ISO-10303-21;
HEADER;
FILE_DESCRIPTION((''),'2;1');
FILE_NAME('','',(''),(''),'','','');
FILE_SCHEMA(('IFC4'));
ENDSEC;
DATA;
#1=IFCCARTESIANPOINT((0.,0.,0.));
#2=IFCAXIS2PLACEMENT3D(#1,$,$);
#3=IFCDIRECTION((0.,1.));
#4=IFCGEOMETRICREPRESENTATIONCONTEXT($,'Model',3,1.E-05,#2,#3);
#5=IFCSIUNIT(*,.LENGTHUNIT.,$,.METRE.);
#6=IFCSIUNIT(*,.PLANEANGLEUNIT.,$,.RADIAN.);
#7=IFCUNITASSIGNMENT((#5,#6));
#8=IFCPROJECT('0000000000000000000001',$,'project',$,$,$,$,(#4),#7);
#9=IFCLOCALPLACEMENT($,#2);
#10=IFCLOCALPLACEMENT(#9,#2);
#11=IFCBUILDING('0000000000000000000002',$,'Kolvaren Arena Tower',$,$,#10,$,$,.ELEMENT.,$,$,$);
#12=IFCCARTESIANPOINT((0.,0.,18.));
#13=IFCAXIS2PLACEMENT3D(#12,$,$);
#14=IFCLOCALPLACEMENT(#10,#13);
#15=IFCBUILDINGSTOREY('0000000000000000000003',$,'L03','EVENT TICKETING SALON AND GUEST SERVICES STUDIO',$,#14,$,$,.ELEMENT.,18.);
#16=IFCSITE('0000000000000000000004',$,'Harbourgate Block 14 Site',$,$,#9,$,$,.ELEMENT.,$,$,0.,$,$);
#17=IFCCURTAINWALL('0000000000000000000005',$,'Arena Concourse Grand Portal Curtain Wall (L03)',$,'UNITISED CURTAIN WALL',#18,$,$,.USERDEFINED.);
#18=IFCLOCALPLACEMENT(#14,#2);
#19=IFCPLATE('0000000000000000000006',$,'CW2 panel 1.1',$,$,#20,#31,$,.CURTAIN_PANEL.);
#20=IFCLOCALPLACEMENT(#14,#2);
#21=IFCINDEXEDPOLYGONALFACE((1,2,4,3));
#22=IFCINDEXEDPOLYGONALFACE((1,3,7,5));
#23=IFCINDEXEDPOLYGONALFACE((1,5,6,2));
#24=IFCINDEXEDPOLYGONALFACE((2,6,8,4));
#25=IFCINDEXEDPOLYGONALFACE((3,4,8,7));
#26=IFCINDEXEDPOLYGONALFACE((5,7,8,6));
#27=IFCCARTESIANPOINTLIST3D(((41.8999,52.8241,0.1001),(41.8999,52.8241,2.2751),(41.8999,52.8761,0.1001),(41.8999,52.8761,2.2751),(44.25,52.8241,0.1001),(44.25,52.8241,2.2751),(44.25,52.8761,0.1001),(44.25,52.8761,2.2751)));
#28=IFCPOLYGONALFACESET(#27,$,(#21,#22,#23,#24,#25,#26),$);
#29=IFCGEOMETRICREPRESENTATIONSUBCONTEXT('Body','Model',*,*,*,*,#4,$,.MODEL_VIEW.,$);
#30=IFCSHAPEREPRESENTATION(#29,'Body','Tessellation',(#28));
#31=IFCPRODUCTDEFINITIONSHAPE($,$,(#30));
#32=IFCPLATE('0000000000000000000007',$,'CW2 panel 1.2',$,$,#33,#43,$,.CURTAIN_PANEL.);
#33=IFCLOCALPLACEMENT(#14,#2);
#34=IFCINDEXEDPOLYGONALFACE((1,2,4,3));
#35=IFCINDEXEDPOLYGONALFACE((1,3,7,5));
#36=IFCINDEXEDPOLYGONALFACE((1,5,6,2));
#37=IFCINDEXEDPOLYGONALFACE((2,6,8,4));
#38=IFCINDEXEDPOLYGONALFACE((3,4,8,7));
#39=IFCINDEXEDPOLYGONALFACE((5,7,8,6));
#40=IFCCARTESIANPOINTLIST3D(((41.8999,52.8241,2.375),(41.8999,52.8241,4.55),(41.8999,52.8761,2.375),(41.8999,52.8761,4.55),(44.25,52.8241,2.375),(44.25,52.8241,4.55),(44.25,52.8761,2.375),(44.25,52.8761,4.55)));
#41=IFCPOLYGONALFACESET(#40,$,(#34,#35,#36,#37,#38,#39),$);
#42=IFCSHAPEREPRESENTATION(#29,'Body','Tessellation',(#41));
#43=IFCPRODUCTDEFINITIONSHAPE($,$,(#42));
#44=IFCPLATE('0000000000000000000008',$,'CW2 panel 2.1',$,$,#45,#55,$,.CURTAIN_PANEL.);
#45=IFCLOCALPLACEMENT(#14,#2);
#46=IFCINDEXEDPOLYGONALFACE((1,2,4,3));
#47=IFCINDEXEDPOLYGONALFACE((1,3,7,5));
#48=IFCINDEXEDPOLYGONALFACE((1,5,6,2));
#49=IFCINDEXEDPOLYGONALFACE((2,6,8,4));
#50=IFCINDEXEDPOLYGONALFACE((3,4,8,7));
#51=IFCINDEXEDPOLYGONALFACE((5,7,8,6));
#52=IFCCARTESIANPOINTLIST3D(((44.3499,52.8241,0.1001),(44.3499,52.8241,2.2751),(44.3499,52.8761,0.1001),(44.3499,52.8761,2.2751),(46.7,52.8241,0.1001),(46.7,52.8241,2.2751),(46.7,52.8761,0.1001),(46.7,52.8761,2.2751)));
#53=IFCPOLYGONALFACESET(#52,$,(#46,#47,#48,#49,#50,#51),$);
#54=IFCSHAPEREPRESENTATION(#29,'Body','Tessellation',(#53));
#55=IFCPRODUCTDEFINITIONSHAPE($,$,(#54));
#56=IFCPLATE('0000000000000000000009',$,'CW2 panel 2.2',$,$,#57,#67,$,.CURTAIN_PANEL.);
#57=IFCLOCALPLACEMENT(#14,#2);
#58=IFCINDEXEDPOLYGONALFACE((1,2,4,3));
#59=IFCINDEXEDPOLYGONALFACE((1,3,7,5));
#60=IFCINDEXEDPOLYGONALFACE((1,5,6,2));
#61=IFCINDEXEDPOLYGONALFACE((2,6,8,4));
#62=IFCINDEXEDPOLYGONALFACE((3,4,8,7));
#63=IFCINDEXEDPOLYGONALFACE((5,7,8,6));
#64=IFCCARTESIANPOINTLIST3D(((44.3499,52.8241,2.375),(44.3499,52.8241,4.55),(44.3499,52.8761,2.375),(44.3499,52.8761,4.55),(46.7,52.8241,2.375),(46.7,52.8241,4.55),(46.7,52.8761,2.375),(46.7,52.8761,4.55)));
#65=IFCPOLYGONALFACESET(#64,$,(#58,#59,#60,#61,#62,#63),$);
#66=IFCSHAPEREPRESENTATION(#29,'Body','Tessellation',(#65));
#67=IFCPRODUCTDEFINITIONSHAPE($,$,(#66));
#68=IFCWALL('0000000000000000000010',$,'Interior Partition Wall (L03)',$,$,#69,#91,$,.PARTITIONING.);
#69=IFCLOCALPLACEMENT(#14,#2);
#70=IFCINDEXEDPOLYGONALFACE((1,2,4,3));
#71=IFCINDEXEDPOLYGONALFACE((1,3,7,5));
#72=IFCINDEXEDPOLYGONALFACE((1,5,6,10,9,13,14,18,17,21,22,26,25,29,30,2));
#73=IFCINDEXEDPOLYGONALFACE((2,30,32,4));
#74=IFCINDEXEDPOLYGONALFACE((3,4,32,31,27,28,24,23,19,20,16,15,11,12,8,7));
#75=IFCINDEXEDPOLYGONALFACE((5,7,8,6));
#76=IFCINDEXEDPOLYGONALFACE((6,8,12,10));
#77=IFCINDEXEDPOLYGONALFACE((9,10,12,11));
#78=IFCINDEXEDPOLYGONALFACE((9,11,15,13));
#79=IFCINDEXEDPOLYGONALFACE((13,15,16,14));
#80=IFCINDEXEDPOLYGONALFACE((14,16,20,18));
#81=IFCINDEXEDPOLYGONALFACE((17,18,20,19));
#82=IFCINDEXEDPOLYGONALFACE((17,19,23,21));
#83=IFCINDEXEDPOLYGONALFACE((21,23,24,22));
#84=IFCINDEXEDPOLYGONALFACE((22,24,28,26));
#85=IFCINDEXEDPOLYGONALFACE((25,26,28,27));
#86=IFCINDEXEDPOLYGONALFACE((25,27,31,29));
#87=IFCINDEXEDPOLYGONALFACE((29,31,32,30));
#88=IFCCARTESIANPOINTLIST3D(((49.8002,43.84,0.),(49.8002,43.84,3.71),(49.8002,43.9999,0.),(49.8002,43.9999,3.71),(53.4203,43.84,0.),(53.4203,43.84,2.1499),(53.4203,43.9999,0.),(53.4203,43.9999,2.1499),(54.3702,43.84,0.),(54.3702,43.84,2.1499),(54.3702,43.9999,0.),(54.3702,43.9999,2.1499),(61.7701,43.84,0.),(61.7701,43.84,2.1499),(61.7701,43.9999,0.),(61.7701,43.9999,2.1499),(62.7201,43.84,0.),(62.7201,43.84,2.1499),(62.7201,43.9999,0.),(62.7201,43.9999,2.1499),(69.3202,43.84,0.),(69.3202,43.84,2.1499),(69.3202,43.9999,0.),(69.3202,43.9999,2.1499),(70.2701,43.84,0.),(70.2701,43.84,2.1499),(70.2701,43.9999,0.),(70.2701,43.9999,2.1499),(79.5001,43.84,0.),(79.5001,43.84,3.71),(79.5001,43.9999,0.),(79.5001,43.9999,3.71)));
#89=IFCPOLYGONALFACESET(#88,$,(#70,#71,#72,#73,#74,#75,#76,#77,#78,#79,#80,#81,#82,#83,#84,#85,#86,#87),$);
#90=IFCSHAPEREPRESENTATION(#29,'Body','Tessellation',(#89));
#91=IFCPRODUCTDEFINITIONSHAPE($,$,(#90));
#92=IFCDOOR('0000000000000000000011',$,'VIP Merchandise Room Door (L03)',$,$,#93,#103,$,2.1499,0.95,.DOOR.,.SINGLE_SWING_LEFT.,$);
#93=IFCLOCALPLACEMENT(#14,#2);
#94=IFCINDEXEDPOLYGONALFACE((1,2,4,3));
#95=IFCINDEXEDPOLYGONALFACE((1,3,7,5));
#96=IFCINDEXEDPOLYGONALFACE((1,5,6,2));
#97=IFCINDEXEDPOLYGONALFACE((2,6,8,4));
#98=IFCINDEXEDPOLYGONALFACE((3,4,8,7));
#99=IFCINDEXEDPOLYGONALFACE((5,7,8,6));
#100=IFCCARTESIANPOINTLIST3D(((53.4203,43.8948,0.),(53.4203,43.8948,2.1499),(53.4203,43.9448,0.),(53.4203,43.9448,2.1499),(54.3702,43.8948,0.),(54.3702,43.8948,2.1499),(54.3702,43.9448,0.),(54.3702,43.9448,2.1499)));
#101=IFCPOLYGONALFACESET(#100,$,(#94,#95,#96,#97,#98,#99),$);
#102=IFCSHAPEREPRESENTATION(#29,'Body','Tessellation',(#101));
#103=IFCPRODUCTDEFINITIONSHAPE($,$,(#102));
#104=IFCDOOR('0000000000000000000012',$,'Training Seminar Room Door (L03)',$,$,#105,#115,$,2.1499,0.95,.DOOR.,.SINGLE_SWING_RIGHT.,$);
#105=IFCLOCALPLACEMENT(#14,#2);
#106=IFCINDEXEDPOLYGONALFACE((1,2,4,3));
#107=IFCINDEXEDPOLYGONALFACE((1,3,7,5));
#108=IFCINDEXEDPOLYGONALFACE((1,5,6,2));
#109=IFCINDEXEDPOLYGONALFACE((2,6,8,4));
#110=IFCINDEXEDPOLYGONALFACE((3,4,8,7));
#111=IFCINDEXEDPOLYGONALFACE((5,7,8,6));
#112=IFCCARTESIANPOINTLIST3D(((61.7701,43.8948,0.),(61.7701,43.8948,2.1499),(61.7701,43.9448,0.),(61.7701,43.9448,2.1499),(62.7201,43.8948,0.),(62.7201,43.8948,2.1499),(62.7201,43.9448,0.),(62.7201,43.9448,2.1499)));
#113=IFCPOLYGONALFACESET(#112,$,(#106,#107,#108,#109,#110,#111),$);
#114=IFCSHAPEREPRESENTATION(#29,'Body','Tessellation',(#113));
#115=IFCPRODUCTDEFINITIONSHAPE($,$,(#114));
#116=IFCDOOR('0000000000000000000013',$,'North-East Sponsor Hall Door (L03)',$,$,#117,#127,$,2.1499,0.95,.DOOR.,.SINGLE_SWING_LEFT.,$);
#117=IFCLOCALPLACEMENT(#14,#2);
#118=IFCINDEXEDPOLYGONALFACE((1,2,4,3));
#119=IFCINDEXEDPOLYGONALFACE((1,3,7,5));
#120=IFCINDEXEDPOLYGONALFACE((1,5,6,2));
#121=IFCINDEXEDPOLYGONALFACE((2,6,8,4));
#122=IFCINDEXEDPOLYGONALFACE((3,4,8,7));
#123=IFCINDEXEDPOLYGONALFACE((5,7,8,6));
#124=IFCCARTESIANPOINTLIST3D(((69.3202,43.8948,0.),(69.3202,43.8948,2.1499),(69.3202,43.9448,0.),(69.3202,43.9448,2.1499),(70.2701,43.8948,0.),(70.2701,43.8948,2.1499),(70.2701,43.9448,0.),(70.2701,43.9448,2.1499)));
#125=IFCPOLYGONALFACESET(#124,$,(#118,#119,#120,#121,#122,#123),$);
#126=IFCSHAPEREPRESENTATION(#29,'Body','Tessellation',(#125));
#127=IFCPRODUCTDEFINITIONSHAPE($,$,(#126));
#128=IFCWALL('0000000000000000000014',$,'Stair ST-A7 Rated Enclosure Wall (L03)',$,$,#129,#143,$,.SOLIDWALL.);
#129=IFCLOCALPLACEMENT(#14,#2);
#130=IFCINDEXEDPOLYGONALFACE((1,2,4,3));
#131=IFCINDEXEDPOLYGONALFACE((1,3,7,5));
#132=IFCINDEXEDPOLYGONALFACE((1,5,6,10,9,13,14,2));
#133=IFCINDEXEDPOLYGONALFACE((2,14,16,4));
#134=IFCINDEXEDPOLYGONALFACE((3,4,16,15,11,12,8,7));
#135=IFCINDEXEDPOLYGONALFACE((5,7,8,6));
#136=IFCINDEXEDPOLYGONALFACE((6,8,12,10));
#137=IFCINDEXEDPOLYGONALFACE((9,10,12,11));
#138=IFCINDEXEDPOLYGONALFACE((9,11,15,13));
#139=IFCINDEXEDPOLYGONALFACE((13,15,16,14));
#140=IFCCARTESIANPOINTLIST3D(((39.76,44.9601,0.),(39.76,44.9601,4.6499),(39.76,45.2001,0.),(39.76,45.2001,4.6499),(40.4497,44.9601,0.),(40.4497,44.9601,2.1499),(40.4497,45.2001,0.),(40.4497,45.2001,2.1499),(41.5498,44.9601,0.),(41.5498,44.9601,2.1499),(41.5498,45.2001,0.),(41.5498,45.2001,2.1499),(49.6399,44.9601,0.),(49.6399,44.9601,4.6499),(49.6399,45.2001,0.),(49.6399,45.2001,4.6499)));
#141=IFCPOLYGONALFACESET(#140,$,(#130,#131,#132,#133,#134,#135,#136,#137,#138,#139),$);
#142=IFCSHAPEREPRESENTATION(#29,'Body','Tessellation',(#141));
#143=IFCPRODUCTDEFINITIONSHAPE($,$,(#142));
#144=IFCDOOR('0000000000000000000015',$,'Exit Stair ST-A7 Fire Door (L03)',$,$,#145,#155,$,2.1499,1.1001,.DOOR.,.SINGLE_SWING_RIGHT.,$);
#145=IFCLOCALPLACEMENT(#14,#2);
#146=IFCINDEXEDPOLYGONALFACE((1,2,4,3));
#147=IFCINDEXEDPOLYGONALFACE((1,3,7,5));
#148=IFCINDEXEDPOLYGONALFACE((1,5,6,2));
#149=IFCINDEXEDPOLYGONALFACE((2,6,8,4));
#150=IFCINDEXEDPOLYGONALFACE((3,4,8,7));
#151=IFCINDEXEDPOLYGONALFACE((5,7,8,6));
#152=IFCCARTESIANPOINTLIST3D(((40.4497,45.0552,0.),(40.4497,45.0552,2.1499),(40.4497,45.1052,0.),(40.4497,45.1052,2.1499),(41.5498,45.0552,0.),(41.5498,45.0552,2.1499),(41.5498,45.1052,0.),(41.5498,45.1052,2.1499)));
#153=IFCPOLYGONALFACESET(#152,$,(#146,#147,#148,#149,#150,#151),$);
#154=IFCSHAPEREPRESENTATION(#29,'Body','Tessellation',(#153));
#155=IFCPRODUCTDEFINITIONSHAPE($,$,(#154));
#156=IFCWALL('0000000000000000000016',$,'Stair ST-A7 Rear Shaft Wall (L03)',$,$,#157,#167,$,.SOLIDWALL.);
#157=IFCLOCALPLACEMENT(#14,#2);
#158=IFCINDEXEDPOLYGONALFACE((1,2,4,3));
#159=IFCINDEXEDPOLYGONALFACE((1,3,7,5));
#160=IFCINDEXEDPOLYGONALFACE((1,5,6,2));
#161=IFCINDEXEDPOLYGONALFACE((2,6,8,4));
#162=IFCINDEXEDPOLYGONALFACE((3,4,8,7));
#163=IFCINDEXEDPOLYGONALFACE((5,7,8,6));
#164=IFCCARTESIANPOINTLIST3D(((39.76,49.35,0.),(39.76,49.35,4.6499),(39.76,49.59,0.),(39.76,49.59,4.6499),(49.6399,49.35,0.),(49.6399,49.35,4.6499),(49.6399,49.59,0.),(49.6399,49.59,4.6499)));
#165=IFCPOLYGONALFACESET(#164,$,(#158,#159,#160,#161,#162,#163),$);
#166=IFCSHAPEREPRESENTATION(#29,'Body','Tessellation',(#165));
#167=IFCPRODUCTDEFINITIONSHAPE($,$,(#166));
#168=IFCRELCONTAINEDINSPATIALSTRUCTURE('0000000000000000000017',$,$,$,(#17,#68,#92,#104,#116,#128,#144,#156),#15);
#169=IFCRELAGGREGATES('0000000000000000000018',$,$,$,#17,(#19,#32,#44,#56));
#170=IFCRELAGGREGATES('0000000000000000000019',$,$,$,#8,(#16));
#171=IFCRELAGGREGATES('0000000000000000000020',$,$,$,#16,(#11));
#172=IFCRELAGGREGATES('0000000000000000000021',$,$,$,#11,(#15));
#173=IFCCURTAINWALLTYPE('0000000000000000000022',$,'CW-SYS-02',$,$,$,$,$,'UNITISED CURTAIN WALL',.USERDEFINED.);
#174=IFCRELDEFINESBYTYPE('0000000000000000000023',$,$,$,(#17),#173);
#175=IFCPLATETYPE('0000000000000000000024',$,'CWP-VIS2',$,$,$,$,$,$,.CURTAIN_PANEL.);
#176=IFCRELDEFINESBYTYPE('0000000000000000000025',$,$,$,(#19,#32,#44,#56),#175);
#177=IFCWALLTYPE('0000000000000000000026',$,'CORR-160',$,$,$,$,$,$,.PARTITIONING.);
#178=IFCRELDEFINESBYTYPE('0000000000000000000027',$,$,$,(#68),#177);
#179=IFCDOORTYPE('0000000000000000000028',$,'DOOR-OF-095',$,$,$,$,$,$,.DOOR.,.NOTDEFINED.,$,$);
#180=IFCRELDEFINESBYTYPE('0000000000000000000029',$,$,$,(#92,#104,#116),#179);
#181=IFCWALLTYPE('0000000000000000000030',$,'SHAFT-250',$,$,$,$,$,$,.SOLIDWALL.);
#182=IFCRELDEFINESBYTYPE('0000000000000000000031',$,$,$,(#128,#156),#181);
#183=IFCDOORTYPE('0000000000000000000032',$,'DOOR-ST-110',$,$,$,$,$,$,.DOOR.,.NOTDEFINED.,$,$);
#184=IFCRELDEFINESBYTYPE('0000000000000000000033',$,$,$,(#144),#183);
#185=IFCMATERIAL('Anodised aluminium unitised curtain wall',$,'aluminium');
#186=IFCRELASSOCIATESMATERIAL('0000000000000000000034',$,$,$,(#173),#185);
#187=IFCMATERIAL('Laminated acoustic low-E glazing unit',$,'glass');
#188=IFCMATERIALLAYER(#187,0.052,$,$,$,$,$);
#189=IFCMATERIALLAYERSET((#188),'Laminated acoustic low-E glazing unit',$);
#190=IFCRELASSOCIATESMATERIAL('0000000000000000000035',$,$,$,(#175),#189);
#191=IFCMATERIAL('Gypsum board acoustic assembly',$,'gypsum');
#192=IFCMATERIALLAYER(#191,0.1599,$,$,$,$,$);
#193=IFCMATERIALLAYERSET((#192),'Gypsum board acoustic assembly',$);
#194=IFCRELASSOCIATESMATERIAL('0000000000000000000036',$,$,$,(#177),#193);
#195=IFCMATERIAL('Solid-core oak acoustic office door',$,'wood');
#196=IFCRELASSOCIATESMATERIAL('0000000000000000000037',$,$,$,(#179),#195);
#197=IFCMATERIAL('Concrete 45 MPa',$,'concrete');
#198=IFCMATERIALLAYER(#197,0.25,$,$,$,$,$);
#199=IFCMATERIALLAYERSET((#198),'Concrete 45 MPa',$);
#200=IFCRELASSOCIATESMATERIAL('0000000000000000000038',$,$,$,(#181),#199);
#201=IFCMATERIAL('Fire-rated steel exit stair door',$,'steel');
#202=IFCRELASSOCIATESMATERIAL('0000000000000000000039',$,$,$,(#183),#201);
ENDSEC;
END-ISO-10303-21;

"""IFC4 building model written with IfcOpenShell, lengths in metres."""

from ifc_helpers import new_model, si_unit, direction, frame, frame_2d, origin, origin_2d, place, context, subcontext, project, spatial, rectangle, extrude, material, layer, layer_set, type_object, element, fill, aggregate, save


model = new_model("IFC4")

# Units and contexts
model_context = context("Model", 3, precision=1e-05, world=origin(), true_north=direction((0.0, 1.0)))
body_context = subcontext(model_context, "Body", "Model", "MODEL_VIEW")
ifc_project = project(units=[si_unit("LENGTHUNIT", "METRE"), si_unit("PLANEANGLEUNIT", "RADIAN")], contexts=[model_context])

# Site, building, storey
site_placement = place(None, origin())
site = spatial("IfcSite", under=ifc_project, at=site_placement, Name="Harbourgate Block 14 Site", CompositionType="ELEMENT", RefElevation=0.0)
building_placement = place(site_placement, origin())
building = spatial("IfcBuilding", under=site, at=building_placement, Name="Kolvaren Arena Tower", CompositionType="ELEMENT")
storey_placement = place(building_placement, frame((0.0, 0.0, 18.0)))
storey = spatial("IfcBuildingStorey", under=building, at=storey_placement, Name="L03", Description="EVENT TICKETING SALON AND GUEST SERVICES STUDIO", CompositionType="ELEMENT", Elevation=18.0)

# Curtain wall
ifc_material_1 = material(Name="Anodised aluminium unitised curtain wall", Category="aluminium")
curtain_wall_type = type_object("IfcCurtainWallType", Name="CW-SYS-02", ElementType="UNITISED CURTAIN WALL", PredefinedType="USERDEFINED", material=ifc_material_1)
curtain_wall_placement = place(storey_placement, origin())
curtain_wall = element("IfcCurtainWall", 1, at=curtain_wall_placement, inside=storey, type_object=curtain_wall_type, Name="Arena Concourse Grand Portal Curtain Wall (L03)", ObjectType="UNITISED CURTAIN WALL", PredefinedType="USERDEFINED")

# Plates
ifc_material_2 = material(Name="Laminated acoustic low-E glazing unit", Category="glass")
ifc_layer_1 = layer(ifc_material_2, 0.052)
ifc_layer_set_1 = layer_set([ifc_layer_1], Name="Laminated acoustic low-E glazing unit")
plate_type = type_object("IfcPlateType", Name="CWP-VIS2", PredefinedType="CURTAIN_PANEL", material=ifc_layer_set_1)
plate_1_placement = place(storey_placement, frame((43.075, 52.8501, 0.1001), z_axis=(0.0, 0.0, 1.0), x_axis=(1.0, 0.0, 0.0)))
plate_1 = element("IfcPlate", 2, at=plate_1_placement, type_object=plate_type, Name="CW2 panel 1.1", PredefinedType="CURTAIN_PANEL", context=body_context, shape_type="SweptSolid", body=[
    extrude(rectangle(XDim=2.3501, YDim=0.052, at=origin_2d()), origin(), (0.0, 0.0, 1.0), 2.175),
])
plate_2_placement = place(storey_placement, frame((43.075, 52.8501, 2.375), z_axis=(0.0, 0.0, 1.0), x_axis=(1.0, 0.0, 0.0)))
plate_2 = element("IfcPlate", 3, at=plate_2_placement, type_object=plate_type, Name="CW2 panel 1.2", PredefinedType="CURTAIN_PANEL", context=body_context, shape_type="SweptSolid", body=[
    extrude(rectangle(XDim=2.3501, YDim=0.052, at=origin_2d()), origin(), (0.0, 0.0, 1.0), 2.175),
])
plate_3_placement = place(storey_placement, frame((45.5249, 52.8501, 0.1001), z_axis=(0.0, 0.0, 1.0), x_axis=(1.0, 0.0, 0.0)))
plate_3 = element("IfcPlate", 4, at=plate_3_placement, type_object=plate_type, Name="CW2 panel 2.1", PredefinedType="CURTAIN_PANEL", context=body_context, shape_type="SweptSolid", body=[
    extrude(rectangle(XDim=2.3501, YDim=0.052, at=origin_2d()), origin(), (0.0, 0.0, 1.0), 2.175),
])
plate_4_placement = place(storey_placement, frame((45.5249, 52.8501, 2.375), z_axis=(0.0, 0.0, 1.0), x_axis=(1.0, 0.0, 0.0)))
plate_4 = element("IfcPlate", 5, at=plate_4_placement, type_object=plate_type, Name="CW2 panel 2.2", PredefinedType="CURTAIN_PANEL", context=body_context, shape_type="SweptSolid", body=[
    extrude(rectangle(XDim=2.3501, YDim=0.052, at=origin_2d()), origin(), (0.0, 0.0, 1.0), 2.175),
])
aggregate(curtain_wall, [plate_1, plate_2, plate_3, plate_4])

# Wall, openings, doors
ifc_material_3 = material(Name="Gypsum board acoustic assembly", Category="gypsum")
ifc_layer_2 = layer(ifc_material_3, 0.1599)
ifc_layer_set_2 = layer_set([ifc_layer_2], Name="Gypsum board acoustic assembly")
wall_type_1 = type_object("IfcWallType", Name="CORR-160", PredefinedType="PARTITIONING", material=ifc_layer_set_2)
wall_1_placement = place(storey_placement, frame((49.8, 43.9199, 0.0), z_axis=(0.0, 0.0, 1.0), x_axis=(1.0, 0.0, 0.0)))
wall_1 = element("IfcWall", 6, at=wall_1_placement, inside=storey, type_object=wall_type_1, Name="Interior Partition Wall (L03)", PredefinedType="PARTITIONING", context=body_context, shape_type="SweptSolid", body=[
    extrude(rectangle(XDim=29.7, YDim=0.1599, at=frame_2d((14.8501, 0.0))), origin(), (0.0, 0.0, 1.0), 3.71),
])
opening_1_placement = place(wall_1_placement, frame((3.6201, 0.0, 0.0)))
opening_1 = element("IfcOpeningElement", 7, at=opening_1_placement, cuts=wall_1, PredefinedType="OPENING", context=body_context, shape_type="SweptSolid", body=[
    extrude(rectangle(XDim=0.95, YDim=2.1499, at=frame_2d((0.4751, 1.075))), frame((0.0, 0.0898, 0.0), z_axis=(0.0, -1.0, 0.0), x_axis=(1.0, 0.0, 0.0)), (0.0, 0.0, 1.0), 0.1799),
])
opening_2_placement = place(wall_1_placement, frame((11.97, 0.0, 0.0)))
opening_2 = element("IfcOpeningElement", 8, at=opening_2_placement, cuts=wall_1, PredefinedType="OPENING", context=body_context, shape_type="SweptSolid", body=[
    extrude(rectangle(XDim=0.95, YDim=2.1499, at=frame_2d((0.4751, 1.075))), frame((0.0, 0.0898, 0.0), z_axis=(0.0, -1.0, 0.0), x_axis=(1.0, 0.0, 0.0)), (0.0, 0.0, 1.0), 0.1799),
])
opening_3_placement = place(wall_1_placement, frame((19.52, 0.0, 0.0)))
opening_3 = element("IfcOpeningElement", 9, at=opening_3_placement, cuts=wall_1, PredefinedType="OPENING", context=body_context, shape_type="SweptSolid", body=[
    extrude(rectangle(XDim=0.95, YDim=2.1499, at=frame_2d((0.4751, 1.075))), frame((0.0, 0.0898, 0.0), z_axis=(0.0, -1.0, 0.0), x_axis=(1.0, 0.0, 0.0)), (0.0, 0.0, 1.0), 0.1799),
])
ifc_material_4 = material(Name="Solid-core oak acoustic office door", Category="wood")
door_type_1 = type_object("IfcDoorType", Name="DOOR-OF-095", OperationType="NOTDEFINED", PredefinedType="DOOR", material=ifc_material_4)
door_1_placement = place(opening_1_placement, origin())
door_1 = element("IfcDoor", 10, at=door_1_placement, inside=storey, type_object=door_type_1, Name="VIP Merchandise Room Door (L03)", OperationType="SINGLE_SWING_LEFT", OverallHeight=2.1499, OverallWidth=0.95, PredefinedType="DOOR", context=body_context, shape_type="SweptSolid", body=[
    extrude(rectangle(XDim=0.95, YDim=2.1499, at=frame_2d((0.4751, 1.075))), frame((0.0, 0.0249, 0.0), z_axis=(0.0, -1.0, 0.0), x_axis=(1.0, 0.0, 0.0)), (0.0, 0.0, 1.0), 0.05),
])
fill(opening_1, door_1)
door_2_placement = place(opening_2_placement, origin())
door_2 = element("IfcDoor", 11, at=door_2_placement, inside=storey, type_object=door_type_1, Name="Training Seminar Room Door (L03)", OperationType="SINGLE_SWING_RIGHT", OverallHeight=2.1499, OverallWidth=0.95, PredefinedType="DOOR", context=body_context, shape_type="SweptSolid", body=[
    extrude(rectangle(XDim=0.95, YDim=2.1499, at=frame_2d((0.4751, 1.075))), frame((0.0, 0.0249, 0.0), z_axis=(0.0, -1.0, 0.0), x_axis=(1.0, 0.0, 0.0)), (0.0, 0.0, 1.0), 0.05),
])
fill(opening_2, door_2)
door_3_placement = place(opening_3_placement, origin())
door_3 = element("IfcDoor", 12, at=door_3_placement, inside=storey, type_object=door_type_1, Name="North-East Sponsor Hall Door (L03)", OperationType="SINGLE_SWING_LEFT", OverallHeight=2.1499, OverallWidth=0.95, PredefinedType="DOOR", context=body_context, shape_type="SweptSolid", body=[
    extrude(rectangle(XDim=0.95, YDim=2.1499, at=frame_2d((0.4751, 1.075))), frame((0.0, 0.0249, 0.0), z_axis=(0.0, -1.0, 0.0), x_axis=(1.0, 0.0, 0.0)), (0.0, 0.0, 1.0), 0.05),
])
fill(opening_3, door_3)

# Wall, opening, door
ifc_material_5 = material(Name="Concrete 45 MPa", Category="concrete")
ifc_layer_3 = layer(ifc_material_5, 0.25)
ifc_layer_set_3 = layer_set([ifc_layer_3], Name="Concrete 45 MPa")
wall_type_2 = type_object("IfcWallType", Name="SHAFT-250", PredefinedType="SOLIDWALL", material=ifc_layer_set_3)
wall_2_placement = place(storey_placement, frame((49.6399, 45.0801, 0.0), z_axis=(0.0, 0.0, 1.0), x_axis=(-1.0, 0.0, 0.0)))
wall_2 = element("IfcWall", 13, at=wall_2_placement, inside=storey, type_object=wall_type_2, Name="Stair ST-A7 Rated Enclosure Wall (L03)", PredefinedType="SOLIDWALL", context=body_context, shape_type="SweptSolid", body=[
    extrude(rectangle(XDim=9.8799, YDim=0.24, at=frame_2d((4.9399, 0.0))), origin(), (0.0, 0.0, 1.0), 4.6499),
])
opening_4_placement = place(wall_2_placement, frame((8.0901, 0.0, 0.0)))
opening_4 = element("IfcOpeningElement", 14, at=opening_4_placement, cuts=wall_2, PredefinedType="OPENING", context=body_context, shape_type="SweptSolid", body=[
    extrude(rectangle(XDim=1.1001, YDim=2.1499, at=frame_2d((0.55, 1.075))), frame((0.0, 0.1299, 0.0), z_axis=(0.0, -1.0, 0.0), x_axis=(1.0, 0.0, 0.0)), (0.0, 0.0, 1.0), 0.26),
])
ifc_material_6 = material(Name="Fire-rated steel exit stair door", Category="steel")
door_type_2 = type_object("IfcDoorType", Name="DOOR-ST-110", OperationType="NOTDEFINED", PredefinedType="DOOR", material=ifc_material_6)
door_4_placement = place(opening_4_placement, origin())
door_4 = element("IfcDoor", 15, at=door_4_placement, inside=storey, type_object=door_type_2, Name="Exit Stair ST-A7 Fire Door (L03)", OperationType="SINGLE_SWING_RIGHT", OverallHeight=2.1499, OverallWidth=1.1001, PredefinedType="DOOR", context=body_context, shape_type="SweptSolid", body=[
    extrude(rectangle(XDim=1.1001, YDim=2.1499, at=frame_2d((0.55, 1.075))), frame((0.0, 0.0249, 0.0), z_axis=(0.0, -1.0, 0.0), x_axis=(1.0, 0.0, 0.0)), (0.0, 0.0, 1.0), 0.05),
])
fill(opening_4, door_4)

# Wall
wall_3_placement = place(storey_placement, frame((39.76, 49.47, 0.0), z_axis=(0.0, 0.0, 1.0), x_axis=(1.0, 0.0, 0.0)))
element("IfcWall", 16, at=wall_3_placement, inside=storey, type_object=wall_type_2, Name="Stair ST-A7 Rear Shaft Wall (L03)", PredefinedType="SOLIDWALL", context=body_context, shape_type="SweptSolid", body=[
    extrude(rectangle(XDim=9.8799, YDim=0.24, at=frame_2d((4.9399, 0.0))), origin(), (0.0, 0.0, 1.0), 4.6499),
])

save(model, "model.ifc")
